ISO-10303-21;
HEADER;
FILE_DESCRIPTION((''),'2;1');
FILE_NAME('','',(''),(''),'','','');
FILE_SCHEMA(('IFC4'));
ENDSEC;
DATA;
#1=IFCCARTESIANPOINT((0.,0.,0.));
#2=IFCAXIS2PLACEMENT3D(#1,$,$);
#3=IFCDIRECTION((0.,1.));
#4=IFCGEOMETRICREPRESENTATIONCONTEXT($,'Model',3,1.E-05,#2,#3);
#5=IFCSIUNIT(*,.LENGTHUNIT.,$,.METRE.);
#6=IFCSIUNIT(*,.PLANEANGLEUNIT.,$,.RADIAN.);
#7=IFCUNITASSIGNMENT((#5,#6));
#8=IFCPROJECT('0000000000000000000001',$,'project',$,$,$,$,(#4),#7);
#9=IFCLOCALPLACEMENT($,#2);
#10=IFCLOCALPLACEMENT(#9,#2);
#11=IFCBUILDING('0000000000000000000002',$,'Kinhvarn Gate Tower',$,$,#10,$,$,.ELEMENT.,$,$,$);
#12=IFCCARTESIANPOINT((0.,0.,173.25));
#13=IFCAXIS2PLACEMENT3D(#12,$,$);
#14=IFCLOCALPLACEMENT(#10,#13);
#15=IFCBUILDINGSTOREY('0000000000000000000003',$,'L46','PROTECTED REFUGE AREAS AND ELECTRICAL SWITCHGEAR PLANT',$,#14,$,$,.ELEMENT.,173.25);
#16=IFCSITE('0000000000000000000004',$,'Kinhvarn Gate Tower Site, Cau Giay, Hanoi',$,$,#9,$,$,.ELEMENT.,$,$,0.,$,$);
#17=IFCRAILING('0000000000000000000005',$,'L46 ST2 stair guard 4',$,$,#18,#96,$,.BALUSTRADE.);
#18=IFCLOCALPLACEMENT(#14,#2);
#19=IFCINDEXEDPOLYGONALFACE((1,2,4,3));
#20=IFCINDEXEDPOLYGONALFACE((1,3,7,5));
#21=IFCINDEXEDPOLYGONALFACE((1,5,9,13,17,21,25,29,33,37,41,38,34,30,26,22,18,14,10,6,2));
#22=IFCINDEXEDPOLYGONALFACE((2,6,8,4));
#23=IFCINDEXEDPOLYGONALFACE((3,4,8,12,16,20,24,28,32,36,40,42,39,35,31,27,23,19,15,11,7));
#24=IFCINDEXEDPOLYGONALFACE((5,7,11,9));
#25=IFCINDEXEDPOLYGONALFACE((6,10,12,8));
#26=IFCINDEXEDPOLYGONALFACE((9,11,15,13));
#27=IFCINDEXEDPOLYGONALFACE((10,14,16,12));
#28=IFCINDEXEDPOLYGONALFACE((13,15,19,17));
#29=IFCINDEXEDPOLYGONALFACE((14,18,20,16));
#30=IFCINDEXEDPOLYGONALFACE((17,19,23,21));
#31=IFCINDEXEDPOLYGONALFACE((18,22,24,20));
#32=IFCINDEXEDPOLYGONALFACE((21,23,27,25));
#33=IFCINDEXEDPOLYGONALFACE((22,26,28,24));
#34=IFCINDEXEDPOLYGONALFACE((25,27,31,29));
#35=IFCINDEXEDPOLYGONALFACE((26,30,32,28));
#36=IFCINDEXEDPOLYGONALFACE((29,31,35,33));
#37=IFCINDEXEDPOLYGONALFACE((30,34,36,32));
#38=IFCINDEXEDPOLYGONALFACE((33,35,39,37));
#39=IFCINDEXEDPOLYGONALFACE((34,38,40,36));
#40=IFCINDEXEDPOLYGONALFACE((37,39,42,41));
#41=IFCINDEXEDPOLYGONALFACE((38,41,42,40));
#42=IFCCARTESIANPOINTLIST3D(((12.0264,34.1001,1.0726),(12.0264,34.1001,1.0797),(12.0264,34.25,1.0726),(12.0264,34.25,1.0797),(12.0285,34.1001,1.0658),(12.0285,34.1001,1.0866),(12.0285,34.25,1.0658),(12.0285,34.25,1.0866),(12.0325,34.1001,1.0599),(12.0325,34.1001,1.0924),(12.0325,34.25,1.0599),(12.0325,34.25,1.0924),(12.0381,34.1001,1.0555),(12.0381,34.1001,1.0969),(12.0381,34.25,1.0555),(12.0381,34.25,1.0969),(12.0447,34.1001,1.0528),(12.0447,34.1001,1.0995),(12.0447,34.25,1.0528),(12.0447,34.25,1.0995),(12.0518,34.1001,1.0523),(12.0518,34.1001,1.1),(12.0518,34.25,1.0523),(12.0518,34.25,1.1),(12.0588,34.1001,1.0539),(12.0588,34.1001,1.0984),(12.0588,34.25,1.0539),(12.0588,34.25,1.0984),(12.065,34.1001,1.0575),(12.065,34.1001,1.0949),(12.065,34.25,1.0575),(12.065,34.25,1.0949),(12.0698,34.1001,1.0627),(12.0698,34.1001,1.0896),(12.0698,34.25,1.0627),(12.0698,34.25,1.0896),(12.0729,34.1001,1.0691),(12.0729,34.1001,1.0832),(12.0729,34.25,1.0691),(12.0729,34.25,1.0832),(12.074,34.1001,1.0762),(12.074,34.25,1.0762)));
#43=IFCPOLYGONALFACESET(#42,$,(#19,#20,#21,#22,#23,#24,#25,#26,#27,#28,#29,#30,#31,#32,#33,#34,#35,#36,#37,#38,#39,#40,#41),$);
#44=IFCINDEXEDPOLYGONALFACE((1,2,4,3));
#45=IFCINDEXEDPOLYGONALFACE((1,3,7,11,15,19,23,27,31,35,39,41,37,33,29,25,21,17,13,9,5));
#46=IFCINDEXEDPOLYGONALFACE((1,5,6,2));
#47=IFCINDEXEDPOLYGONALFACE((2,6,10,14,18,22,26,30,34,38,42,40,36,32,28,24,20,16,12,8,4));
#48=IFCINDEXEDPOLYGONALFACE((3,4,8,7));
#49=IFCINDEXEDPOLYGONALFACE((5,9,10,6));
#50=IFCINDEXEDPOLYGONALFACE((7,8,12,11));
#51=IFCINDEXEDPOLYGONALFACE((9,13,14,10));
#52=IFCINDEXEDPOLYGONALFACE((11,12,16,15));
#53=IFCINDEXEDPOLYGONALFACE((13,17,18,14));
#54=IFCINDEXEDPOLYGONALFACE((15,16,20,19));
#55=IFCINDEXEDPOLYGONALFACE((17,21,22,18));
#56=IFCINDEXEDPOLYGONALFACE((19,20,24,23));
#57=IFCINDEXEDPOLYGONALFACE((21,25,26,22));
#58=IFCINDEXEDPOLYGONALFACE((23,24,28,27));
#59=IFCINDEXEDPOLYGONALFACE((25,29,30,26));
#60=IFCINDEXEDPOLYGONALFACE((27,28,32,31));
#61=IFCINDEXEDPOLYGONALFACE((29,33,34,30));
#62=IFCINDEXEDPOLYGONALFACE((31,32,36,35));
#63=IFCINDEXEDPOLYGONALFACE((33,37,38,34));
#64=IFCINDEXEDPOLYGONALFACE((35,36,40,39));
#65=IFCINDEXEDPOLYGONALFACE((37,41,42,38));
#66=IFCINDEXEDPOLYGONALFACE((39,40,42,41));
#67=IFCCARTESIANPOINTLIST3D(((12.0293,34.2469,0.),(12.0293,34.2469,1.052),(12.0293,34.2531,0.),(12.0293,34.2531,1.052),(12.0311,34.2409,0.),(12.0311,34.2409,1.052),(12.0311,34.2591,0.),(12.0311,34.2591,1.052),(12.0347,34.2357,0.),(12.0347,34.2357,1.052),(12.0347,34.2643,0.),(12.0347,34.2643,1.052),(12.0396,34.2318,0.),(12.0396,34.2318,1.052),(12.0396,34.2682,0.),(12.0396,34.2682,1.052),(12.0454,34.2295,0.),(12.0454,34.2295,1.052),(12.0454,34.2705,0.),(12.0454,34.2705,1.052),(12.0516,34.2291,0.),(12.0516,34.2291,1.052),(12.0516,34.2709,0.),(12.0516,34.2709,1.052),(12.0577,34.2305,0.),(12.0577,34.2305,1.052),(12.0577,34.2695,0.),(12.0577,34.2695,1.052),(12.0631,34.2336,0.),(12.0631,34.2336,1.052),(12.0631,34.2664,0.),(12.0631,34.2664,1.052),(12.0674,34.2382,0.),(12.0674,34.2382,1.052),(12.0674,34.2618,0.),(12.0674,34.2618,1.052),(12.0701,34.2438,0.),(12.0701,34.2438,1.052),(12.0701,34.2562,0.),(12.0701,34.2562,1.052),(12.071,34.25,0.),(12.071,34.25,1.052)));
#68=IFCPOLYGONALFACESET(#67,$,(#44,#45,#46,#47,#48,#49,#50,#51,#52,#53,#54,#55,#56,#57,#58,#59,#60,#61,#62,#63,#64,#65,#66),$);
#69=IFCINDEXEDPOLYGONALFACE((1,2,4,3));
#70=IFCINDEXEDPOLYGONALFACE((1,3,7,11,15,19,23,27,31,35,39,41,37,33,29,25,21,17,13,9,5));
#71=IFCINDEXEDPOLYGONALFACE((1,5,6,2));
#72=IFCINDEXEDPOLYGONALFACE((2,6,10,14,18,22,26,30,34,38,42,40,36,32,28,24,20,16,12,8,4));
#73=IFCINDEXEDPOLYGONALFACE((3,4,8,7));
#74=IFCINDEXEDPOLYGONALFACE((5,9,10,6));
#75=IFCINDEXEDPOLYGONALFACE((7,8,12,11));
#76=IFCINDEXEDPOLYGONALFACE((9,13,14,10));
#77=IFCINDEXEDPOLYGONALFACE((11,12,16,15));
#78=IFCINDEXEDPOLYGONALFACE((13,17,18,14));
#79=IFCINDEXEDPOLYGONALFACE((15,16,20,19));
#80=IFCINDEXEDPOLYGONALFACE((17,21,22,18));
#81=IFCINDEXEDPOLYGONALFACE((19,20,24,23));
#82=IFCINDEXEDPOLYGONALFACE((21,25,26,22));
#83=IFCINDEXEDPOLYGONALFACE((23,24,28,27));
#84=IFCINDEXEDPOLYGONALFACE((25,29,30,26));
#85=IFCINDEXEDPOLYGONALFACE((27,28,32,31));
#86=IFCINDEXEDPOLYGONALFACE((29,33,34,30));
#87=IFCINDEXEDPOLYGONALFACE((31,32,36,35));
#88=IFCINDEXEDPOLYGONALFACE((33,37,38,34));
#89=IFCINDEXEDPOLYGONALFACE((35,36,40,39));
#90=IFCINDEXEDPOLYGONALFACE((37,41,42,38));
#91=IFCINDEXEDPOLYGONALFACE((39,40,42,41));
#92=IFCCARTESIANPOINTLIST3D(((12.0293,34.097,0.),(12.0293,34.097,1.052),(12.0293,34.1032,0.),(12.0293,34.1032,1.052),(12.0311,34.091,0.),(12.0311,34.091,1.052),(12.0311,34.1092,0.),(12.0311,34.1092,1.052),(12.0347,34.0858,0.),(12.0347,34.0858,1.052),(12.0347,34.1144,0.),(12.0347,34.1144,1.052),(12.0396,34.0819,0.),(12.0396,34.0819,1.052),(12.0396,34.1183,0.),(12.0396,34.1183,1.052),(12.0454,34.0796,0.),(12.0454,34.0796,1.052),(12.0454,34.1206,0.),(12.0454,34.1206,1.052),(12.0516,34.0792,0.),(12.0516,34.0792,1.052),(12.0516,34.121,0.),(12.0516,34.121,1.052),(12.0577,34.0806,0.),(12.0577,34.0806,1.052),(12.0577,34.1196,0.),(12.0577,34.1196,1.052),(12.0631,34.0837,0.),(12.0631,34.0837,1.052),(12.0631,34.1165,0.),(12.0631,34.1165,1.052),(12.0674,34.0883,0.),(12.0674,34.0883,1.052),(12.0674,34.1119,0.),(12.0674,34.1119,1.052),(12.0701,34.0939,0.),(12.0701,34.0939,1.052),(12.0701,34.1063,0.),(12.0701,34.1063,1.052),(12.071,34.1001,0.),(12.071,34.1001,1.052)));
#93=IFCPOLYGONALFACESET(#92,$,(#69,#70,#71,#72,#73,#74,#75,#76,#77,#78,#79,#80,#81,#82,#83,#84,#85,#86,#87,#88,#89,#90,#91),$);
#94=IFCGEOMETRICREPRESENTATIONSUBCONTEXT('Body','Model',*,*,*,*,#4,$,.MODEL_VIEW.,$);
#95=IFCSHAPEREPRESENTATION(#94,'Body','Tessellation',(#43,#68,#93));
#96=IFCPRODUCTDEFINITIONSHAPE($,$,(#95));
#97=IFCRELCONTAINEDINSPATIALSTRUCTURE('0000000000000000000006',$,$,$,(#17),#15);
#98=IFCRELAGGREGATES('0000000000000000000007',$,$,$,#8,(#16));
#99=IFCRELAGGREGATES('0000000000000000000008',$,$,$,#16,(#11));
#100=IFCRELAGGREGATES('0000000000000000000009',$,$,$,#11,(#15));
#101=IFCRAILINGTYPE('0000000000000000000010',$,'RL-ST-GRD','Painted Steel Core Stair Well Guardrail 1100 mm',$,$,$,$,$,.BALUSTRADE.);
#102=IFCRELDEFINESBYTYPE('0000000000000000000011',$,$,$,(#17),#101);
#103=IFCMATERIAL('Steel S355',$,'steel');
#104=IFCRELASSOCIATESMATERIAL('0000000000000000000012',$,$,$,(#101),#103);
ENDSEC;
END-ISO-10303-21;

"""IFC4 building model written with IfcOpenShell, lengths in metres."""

from ifc_helpers import new_model, si_unit, direction, frame, origin, origin_2d, place, context, subcontext, project, spatial, circle, extrude, material, type_object, element, save


model = new_model("IFC4")

# Units and contexts
model_context = context("Model", 3, precision=1e-05, world=origin(), true_north=direction((0.0, 1.0)))
body_context = subcontext(model_context, "Body", "Model", "MODEL_VIEW")
ifc_project = project(units=[si_unit("LENGTHUNIT", "METRE"), si_unit("PLANEANGLEUNIT", "RADIAN")], contexts=[model_context])

# Site, building, storey
site_placement = place(None, origin())
site = spatial("IfcSite", under=ifc_project, at=site_placement, Name="Kinhvarn Gate Tower Site, Cau Giay, Hanoi", CompositionType="ELEMENT", RefElevation=0.0)
building_placement = place(site_placement, origin())
building = spatial("IfcBuilding", under=site, at=building_placement, Name="Kinhvarn Gate Tower", CompositionType="ELEMENT")
storey_placement = place(building_placement, frame((0.0, 0.0, 173.25)))
storey = spatial("IfcBuildingStorey", under=building, at=storey_placement, Name="L46", Description="PROTECTED REFUGE AREAS AND ELECTRICAL SWITCHGEAR PLANT", CompositionType="ELEMENT", Elevation=173.25)

# Shared definitions
ifc_material_1 = material(Name="Steel S355", Category="steel")

# Railing
railing_type_1 = type_object("IfcRailingType", Name="RL-ST-GRD", Description="Painted Steel Core Stair Well Guardrail 1100 mm", PredefinedType="BALUSTRADE", material=ifc_material_1)
railing_1_placement = place(storey_placement, frame((12.05, 34.25, 0.0)))
element("IfcRailing", 1, at=railing_1_placement, inside=storey, type_object=railing_type_1, Name="L46 ST2 stair guard 4", PredefinedType="BALUSTRADE", context=body_context, shape_type="SweptSolid", body=[
    extrude(circle(Radius=0.0239, at=origin_2d()), frame((0.0, 0.0, 1.0762), z_axis=(0.0, -1.0, 0.0), x_axis=(1.0, 0.0, 0.0)), (0.0, 0.0, 1.0), 0.1499),
    extrude(circle(Radius=0.021, at=origin_2d()), origin(), (0.0, 0.0, 1.0), 1.052),
    extrude(circle(Radius=0.021, at=origin_2d()), frame((0.0, -0.1499, 0.0)), (0.0, 0.0, 1.0), 1.052),
])

save(model, "model.ifc")
